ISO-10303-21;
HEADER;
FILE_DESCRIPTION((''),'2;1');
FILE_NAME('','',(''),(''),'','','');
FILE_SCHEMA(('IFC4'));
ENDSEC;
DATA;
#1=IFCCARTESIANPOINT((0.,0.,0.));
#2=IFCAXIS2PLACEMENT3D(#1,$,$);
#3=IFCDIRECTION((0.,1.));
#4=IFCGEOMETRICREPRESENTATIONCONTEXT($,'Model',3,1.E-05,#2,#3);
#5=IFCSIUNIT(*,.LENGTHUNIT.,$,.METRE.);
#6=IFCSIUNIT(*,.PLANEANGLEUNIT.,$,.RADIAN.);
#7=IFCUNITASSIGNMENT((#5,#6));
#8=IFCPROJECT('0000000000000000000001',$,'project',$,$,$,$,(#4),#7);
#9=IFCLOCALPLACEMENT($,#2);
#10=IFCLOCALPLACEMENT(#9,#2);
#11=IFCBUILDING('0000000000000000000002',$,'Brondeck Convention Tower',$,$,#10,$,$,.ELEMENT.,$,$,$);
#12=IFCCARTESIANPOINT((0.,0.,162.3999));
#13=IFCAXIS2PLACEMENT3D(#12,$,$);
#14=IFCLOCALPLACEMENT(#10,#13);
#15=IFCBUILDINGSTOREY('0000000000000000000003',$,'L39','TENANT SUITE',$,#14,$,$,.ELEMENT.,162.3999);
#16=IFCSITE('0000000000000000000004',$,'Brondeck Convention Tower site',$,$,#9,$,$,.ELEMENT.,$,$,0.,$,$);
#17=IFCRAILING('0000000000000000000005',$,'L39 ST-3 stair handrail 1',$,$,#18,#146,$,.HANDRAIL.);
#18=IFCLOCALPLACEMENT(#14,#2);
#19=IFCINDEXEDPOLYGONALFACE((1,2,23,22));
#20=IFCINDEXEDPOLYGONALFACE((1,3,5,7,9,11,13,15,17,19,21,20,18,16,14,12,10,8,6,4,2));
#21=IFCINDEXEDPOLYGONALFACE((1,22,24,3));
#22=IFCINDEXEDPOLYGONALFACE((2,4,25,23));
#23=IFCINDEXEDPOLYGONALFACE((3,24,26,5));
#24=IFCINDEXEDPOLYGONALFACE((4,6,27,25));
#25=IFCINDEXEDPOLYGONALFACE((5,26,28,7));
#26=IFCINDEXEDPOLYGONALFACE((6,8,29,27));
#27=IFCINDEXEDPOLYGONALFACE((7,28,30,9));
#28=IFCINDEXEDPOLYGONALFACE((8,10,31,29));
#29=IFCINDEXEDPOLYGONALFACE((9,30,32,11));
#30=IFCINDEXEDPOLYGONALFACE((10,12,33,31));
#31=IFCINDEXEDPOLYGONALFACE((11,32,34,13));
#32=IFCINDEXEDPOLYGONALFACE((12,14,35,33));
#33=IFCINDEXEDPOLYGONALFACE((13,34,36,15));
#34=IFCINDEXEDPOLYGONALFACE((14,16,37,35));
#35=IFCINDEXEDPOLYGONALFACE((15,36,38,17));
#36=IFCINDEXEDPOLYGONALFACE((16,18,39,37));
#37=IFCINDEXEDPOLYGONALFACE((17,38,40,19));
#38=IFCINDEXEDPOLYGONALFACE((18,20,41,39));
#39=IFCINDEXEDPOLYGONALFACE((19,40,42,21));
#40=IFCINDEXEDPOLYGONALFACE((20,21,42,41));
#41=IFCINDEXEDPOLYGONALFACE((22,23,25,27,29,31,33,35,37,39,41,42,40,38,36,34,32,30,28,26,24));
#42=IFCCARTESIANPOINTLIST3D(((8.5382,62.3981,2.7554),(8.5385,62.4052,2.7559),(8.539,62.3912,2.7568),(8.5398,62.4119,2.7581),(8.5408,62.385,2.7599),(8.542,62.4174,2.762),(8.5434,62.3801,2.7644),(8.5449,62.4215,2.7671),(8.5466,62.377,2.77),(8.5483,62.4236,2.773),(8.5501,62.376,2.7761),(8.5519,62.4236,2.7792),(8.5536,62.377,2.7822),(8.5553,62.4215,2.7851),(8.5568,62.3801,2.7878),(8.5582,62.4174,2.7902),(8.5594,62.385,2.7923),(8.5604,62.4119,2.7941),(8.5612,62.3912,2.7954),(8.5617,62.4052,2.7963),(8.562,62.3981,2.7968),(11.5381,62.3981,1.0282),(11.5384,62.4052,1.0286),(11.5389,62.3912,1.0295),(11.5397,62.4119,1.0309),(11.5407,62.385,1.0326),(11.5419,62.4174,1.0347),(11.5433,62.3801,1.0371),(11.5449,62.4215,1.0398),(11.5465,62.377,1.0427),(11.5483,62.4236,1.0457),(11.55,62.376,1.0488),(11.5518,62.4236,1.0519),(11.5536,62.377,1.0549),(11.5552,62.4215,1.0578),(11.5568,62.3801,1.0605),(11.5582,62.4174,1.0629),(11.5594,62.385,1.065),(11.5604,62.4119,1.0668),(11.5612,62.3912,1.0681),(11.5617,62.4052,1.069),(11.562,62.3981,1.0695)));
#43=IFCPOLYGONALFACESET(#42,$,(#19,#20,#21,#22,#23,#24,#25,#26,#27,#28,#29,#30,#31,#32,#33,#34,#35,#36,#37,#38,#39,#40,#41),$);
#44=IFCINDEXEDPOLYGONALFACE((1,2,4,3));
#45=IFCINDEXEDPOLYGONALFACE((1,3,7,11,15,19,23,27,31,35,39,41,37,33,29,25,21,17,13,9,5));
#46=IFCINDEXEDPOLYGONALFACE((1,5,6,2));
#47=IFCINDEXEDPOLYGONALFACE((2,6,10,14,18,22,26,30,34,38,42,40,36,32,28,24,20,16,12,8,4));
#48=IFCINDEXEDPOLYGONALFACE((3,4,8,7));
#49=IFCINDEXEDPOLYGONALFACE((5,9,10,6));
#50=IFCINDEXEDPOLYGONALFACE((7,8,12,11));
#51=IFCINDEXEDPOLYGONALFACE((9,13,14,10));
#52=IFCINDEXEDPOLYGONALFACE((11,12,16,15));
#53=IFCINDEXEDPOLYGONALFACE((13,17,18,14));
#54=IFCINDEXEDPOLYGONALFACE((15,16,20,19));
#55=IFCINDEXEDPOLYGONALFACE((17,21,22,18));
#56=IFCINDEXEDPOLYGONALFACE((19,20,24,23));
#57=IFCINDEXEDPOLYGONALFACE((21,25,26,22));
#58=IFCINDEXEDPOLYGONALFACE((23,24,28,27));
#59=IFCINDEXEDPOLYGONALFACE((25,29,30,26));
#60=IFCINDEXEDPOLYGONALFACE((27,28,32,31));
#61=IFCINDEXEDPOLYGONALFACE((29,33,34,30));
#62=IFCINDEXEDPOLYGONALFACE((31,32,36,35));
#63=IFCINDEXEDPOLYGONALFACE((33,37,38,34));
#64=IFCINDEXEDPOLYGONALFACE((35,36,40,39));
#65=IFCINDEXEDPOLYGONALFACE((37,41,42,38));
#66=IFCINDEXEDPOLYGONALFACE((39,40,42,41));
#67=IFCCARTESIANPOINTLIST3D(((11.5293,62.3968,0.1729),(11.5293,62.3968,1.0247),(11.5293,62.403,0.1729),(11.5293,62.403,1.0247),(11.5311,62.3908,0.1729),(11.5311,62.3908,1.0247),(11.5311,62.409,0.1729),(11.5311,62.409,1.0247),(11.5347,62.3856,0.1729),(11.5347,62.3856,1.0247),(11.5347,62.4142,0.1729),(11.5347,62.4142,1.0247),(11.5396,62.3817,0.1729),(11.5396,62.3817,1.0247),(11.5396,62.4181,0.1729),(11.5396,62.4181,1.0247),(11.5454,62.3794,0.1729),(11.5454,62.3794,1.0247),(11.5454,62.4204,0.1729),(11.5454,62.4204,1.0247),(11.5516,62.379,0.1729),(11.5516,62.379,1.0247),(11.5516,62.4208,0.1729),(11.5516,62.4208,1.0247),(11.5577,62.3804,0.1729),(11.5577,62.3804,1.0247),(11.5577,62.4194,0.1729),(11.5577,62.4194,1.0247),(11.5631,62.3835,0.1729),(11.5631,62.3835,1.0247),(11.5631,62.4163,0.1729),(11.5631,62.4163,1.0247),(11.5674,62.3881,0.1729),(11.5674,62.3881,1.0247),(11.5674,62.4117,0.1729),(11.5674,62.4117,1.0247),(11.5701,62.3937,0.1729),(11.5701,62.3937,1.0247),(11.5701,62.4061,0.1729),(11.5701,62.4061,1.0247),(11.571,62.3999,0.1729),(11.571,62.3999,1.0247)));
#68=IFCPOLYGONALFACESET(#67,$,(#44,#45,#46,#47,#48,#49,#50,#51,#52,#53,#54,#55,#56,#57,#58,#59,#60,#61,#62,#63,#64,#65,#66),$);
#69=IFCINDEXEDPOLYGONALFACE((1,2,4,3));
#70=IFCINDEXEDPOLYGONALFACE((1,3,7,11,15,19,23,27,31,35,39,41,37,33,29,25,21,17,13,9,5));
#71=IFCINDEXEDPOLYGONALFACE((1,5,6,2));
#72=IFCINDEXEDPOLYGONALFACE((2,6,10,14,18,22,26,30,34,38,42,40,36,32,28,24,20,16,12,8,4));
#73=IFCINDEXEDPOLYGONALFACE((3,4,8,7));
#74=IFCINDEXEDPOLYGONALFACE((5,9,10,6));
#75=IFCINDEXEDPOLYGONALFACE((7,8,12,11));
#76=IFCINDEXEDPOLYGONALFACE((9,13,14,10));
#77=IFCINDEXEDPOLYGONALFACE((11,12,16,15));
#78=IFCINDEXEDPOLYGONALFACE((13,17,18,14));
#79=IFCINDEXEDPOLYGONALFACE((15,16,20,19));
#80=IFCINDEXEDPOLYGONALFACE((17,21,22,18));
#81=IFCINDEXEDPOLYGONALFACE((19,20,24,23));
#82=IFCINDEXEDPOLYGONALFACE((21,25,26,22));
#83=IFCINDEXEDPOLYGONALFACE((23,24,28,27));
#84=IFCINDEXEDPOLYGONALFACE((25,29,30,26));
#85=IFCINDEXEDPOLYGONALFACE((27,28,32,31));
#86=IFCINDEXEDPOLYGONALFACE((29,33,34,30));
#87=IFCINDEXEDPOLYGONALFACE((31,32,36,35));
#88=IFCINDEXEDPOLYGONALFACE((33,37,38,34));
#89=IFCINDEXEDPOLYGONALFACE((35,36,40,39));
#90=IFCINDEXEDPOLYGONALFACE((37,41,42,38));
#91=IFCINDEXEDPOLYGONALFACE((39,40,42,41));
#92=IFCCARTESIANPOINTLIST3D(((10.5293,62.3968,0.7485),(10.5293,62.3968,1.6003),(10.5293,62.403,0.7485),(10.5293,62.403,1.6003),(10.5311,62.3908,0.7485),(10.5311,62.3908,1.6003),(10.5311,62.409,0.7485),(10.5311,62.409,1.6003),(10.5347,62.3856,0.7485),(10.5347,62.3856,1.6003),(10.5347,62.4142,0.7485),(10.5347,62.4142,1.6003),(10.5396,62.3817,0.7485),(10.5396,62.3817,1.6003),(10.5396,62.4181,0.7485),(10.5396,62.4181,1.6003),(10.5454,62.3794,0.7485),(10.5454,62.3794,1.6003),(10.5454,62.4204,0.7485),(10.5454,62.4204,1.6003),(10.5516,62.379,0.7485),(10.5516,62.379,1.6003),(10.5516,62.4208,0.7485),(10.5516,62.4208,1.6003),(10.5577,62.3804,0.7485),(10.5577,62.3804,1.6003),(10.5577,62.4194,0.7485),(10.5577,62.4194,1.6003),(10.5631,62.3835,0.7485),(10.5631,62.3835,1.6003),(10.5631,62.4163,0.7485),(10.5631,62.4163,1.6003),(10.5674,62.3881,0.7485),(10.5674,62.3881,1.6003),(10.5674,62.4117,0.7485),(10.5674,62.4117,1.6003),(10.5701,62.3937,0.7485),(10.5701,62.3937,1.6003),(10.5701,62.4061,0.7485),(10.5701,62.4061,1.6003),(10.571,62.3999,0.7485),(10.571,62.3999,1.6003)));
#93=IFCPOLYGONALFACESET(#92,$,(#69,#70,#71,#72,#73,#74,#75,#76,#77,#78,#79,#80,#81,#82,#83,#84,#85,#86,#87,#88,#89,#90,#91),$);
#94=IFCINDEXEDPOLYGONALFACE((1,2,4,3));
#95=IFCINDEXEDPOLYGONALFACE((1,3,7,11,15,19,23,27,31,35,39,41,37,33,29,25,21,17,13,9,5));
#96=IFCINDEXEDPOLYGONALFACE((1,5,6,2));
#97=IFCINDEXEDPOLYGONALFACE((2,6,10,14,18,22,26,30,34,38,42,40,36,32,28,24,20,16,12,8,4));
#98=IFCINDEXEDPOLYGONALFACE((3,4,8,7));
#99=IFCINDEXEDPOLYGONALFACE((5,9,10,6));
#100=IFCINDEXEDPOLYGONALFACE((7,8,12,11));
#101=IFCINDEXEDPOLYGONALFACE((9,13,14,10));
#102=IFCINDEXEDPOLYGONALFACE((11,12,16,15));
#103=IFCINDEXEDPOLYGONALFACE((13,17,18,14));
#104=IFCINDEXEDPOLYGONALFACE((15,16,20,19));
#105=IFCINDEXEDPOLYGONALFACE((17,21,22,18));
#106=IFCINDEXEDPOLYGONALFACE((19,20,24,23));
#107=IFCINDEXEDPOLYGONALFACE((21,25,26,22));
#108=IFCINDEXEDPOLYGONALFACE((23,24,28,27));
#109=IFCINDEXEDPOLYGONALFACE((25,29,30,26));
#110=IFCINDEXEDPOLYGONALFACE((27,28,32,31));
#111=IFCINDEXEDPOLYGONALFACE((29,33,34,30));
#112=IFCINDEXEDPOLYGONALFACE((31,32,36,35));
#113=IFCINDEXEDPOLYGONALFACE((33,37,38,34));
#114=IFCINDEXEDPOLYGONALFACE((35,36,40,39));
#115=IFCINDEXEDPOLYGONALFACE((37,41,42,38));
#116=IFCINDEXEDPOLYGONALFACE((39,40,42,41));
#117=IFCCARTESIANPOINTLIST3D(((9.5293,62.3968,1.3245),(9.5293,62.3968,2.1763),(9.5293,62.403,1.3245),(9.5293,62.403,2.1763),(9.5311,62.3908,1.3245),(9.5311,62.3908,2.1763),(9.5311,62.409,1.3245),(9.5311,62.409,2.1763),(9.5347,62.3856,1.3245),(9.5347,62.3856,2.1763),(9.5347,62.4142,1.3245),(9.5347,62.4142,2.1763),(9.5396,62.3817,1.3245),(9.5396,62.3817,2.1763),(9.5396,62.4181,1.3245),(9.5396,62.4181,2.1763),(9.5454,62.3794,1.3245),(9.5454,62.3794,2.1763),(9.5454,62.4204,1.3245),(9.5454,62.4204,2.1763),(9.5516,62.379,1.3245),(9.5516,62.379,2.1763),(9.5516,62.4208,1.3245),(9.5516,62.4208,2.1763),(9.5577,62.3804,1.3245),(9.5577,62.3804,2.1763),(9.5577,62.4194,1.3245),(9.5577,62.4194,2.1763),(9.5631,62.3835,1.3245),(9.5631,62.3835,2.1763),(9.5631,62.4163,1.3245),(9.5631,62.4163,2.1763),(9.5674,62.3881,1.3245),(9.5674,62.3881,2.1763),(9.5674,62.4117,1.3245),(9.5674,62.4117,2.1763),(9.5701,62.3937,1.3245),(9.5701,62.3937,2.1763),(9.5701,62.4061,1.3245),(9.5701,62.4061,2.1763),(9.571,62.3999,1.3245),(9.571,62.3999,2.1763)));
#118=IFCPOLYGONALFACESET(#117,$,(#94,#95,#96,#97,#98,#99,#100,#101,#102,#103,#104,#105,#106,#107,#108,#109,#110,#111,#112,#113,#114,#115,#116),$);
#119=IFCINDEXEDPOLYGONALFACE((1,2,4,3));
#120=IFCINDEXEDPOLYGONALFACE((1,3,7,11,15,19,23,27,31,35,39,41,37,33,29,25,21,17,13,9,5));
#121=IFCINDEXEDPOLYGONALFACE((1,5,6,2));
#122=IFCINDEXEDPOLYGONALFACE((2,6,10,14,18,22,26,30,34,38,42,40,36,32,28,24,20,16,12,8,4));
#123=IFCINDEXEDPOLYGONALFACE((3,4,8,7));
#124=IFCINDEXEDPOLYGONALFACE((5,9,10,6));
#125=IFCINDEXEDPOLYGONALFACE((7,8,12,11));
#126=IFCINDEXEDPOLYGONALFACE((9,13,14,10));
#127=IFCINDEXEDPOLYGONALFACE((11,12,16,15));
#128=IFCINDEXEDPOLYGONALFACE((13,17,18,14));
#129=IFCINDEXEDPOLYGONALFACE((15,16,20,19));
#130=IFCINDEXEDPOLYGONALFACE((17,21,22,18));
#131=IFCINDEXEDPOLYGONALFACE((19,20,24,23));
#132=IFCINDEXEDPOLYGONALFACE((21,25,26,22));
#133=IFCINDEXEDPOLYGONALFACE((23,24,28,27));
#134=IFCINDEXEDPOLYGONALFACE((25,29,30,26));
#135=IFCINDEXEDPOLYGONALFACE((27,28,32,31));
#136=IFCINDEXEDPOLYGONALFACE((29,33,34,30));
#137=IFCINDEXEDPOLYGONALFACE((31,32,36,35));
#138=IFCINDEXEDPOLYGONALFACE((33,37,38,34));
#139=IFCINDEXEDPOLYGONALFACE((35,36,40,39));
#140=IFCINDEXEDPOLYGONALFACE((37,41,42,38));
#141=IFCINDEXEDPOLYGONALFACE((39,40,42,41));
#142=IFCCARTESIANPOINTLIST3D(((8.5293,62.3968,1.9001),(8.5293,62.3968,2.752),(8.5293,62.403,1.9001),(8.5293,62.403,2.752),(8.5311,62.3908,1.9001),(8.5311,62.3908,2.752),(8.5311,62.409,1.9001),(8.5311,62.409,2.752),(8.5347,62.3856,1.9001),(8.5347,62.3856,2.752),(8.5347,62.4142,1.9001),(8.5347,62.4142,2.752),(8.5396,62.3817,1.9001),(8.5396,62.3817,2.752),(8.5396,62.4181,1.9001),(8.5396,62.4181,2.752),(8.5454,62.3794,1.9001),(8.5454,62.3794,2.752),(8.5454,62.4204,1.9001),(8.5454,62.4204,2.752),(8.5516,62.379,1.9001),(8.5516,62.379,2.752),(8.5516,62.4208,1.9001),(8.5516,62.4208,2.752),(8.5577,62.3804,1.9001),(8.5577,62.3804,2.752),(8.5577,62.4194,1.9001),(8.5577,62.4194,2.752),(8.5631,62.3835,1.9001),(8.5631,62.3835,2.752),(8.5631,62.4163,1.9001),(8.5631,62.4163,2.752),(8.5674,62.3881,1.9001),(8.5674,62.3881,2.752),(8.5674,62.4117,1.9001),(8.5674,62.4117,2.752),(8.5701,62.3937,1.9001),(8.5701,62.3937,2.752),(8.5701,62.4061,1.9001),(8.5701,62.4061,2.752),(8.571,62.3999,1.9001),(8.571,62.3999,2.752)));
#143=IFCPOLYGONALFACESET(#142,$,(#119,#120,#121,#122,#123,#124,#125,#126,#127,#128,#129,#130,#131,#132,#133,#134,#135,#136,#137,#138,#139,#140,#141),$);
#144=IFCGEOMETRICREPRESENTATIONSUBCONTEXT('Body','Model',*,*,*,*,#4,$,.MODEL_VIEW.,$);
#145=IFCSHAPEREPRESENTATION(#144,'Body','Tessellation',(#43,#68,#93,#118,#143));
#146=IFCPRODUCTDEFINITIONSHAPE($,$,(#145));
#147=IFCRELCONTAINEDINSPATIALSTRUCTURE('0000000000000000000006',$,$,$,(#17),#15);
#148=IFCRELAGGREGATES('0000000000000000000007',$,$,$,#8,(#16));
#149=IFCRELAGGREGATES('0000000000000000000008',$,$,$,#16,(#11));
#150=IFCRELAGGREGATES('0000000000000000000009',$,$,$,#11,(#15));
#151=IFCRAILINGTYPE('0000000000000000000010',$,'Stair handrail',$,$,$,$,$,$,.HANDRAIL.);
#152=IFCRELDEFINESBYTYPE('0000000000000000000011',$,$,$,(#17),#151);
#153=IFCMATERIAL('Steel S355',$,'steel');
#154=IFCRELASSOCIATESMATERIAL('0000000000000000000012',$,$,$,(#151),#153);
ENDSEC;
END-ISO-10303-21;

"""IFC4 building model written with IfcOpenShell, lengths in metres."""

from ifc_helpers import new_model, si_unit, direction, frame, origin, origin_2d, place, context, subcontext, project, spatial, circle, extrude, material, type_object, element, save


model = new_model("IFC4")

# Units and contexts
model_context = context("Model", 3, precision=1e-05, world=origin(), true_north=direction((0.0, 1.0)))
body_context = subcontext(model_context, "Body", "Model", "MODEL_VIEW")
ifc_project = project(units=[si_unit("LENGTHUNIT", "METRE"), si_unit("PLANEANGLEUNIT", "RADIAN")], contexts=[model_context])

# Site, building, storey
site_placement = place(None, origin())
site = spatial("IfcSite", under=ifc_project, at=site_placement, Name="Brondeck Convention Tower site", CompositionType="ELEMENT", RefElevation=0.0)
building_placement = place(site_placement, origin())
building = spatial("IfcBuilding", under=site, at=building_placement, Name="Brondeck Convention Tower", CompositionType="ELEMENT")
storey_placement = place(building_placement, frame((0.0, 0.0, 162.3999)))
storey = spatial("IfcBuildingStorey", under=building, at=storey_placement, Name="L39", Description="TENANT SUITE", CompositionType="ELEMENT", Elevation=162.3999)

# Railing
ifc_material_1 = material(Name="Steel S355", Category="steel")
railing_type_1 = type_object("IfcRailingType", Name="Stair handrail", PredefinedType="HANDRAIL", material=ifc_material_1)
railing_1_placement = place(storey_placement, frame((11.55, 62.3999, 0.1729)))
element("IfcRailing", 1, at=railing_1_placement, inside=storey, type_object=railing_type_1, Name="L39 ST-3 stair handrail 1", PredefinedType="HANDRAIL", context=body_context, shape_type="SweptSolid", body=[
    extrude(circle(Radius=0.0239, at=origin_2d()), frame((0.0, 0.0, 0.876), z_axis=(-0.86662, 0.0, 0.498969), x_axis=(0.0, -1.0, 0.0)), (0.0, 0.0, 1.0), 3.4617),
    extrude(circle(Radius=0.021, at=origin_2d()), origin(), (0.0, 0.0, 1.0), 0.8518),
    extrude(circle(Radius=0.021, at=origin_2d()), frame((-1.0, 0.0, 0.5757)), (0.0, 0.0, 1.0), 0.8518),
    extrude(circle(Radius=0.021, at=origin_2d()), frame((-2.0, 0.0, 1.1516)), (0.0, 0.0, 1.0), 0.8518),
    extrude(circle(Radius=0.021, at=origin_2d()), frame((-3.0, 0.0, 1.7273)), (0.0, 0.0, 1.0), 0.8518),
])

save(model, "model.ifc")
